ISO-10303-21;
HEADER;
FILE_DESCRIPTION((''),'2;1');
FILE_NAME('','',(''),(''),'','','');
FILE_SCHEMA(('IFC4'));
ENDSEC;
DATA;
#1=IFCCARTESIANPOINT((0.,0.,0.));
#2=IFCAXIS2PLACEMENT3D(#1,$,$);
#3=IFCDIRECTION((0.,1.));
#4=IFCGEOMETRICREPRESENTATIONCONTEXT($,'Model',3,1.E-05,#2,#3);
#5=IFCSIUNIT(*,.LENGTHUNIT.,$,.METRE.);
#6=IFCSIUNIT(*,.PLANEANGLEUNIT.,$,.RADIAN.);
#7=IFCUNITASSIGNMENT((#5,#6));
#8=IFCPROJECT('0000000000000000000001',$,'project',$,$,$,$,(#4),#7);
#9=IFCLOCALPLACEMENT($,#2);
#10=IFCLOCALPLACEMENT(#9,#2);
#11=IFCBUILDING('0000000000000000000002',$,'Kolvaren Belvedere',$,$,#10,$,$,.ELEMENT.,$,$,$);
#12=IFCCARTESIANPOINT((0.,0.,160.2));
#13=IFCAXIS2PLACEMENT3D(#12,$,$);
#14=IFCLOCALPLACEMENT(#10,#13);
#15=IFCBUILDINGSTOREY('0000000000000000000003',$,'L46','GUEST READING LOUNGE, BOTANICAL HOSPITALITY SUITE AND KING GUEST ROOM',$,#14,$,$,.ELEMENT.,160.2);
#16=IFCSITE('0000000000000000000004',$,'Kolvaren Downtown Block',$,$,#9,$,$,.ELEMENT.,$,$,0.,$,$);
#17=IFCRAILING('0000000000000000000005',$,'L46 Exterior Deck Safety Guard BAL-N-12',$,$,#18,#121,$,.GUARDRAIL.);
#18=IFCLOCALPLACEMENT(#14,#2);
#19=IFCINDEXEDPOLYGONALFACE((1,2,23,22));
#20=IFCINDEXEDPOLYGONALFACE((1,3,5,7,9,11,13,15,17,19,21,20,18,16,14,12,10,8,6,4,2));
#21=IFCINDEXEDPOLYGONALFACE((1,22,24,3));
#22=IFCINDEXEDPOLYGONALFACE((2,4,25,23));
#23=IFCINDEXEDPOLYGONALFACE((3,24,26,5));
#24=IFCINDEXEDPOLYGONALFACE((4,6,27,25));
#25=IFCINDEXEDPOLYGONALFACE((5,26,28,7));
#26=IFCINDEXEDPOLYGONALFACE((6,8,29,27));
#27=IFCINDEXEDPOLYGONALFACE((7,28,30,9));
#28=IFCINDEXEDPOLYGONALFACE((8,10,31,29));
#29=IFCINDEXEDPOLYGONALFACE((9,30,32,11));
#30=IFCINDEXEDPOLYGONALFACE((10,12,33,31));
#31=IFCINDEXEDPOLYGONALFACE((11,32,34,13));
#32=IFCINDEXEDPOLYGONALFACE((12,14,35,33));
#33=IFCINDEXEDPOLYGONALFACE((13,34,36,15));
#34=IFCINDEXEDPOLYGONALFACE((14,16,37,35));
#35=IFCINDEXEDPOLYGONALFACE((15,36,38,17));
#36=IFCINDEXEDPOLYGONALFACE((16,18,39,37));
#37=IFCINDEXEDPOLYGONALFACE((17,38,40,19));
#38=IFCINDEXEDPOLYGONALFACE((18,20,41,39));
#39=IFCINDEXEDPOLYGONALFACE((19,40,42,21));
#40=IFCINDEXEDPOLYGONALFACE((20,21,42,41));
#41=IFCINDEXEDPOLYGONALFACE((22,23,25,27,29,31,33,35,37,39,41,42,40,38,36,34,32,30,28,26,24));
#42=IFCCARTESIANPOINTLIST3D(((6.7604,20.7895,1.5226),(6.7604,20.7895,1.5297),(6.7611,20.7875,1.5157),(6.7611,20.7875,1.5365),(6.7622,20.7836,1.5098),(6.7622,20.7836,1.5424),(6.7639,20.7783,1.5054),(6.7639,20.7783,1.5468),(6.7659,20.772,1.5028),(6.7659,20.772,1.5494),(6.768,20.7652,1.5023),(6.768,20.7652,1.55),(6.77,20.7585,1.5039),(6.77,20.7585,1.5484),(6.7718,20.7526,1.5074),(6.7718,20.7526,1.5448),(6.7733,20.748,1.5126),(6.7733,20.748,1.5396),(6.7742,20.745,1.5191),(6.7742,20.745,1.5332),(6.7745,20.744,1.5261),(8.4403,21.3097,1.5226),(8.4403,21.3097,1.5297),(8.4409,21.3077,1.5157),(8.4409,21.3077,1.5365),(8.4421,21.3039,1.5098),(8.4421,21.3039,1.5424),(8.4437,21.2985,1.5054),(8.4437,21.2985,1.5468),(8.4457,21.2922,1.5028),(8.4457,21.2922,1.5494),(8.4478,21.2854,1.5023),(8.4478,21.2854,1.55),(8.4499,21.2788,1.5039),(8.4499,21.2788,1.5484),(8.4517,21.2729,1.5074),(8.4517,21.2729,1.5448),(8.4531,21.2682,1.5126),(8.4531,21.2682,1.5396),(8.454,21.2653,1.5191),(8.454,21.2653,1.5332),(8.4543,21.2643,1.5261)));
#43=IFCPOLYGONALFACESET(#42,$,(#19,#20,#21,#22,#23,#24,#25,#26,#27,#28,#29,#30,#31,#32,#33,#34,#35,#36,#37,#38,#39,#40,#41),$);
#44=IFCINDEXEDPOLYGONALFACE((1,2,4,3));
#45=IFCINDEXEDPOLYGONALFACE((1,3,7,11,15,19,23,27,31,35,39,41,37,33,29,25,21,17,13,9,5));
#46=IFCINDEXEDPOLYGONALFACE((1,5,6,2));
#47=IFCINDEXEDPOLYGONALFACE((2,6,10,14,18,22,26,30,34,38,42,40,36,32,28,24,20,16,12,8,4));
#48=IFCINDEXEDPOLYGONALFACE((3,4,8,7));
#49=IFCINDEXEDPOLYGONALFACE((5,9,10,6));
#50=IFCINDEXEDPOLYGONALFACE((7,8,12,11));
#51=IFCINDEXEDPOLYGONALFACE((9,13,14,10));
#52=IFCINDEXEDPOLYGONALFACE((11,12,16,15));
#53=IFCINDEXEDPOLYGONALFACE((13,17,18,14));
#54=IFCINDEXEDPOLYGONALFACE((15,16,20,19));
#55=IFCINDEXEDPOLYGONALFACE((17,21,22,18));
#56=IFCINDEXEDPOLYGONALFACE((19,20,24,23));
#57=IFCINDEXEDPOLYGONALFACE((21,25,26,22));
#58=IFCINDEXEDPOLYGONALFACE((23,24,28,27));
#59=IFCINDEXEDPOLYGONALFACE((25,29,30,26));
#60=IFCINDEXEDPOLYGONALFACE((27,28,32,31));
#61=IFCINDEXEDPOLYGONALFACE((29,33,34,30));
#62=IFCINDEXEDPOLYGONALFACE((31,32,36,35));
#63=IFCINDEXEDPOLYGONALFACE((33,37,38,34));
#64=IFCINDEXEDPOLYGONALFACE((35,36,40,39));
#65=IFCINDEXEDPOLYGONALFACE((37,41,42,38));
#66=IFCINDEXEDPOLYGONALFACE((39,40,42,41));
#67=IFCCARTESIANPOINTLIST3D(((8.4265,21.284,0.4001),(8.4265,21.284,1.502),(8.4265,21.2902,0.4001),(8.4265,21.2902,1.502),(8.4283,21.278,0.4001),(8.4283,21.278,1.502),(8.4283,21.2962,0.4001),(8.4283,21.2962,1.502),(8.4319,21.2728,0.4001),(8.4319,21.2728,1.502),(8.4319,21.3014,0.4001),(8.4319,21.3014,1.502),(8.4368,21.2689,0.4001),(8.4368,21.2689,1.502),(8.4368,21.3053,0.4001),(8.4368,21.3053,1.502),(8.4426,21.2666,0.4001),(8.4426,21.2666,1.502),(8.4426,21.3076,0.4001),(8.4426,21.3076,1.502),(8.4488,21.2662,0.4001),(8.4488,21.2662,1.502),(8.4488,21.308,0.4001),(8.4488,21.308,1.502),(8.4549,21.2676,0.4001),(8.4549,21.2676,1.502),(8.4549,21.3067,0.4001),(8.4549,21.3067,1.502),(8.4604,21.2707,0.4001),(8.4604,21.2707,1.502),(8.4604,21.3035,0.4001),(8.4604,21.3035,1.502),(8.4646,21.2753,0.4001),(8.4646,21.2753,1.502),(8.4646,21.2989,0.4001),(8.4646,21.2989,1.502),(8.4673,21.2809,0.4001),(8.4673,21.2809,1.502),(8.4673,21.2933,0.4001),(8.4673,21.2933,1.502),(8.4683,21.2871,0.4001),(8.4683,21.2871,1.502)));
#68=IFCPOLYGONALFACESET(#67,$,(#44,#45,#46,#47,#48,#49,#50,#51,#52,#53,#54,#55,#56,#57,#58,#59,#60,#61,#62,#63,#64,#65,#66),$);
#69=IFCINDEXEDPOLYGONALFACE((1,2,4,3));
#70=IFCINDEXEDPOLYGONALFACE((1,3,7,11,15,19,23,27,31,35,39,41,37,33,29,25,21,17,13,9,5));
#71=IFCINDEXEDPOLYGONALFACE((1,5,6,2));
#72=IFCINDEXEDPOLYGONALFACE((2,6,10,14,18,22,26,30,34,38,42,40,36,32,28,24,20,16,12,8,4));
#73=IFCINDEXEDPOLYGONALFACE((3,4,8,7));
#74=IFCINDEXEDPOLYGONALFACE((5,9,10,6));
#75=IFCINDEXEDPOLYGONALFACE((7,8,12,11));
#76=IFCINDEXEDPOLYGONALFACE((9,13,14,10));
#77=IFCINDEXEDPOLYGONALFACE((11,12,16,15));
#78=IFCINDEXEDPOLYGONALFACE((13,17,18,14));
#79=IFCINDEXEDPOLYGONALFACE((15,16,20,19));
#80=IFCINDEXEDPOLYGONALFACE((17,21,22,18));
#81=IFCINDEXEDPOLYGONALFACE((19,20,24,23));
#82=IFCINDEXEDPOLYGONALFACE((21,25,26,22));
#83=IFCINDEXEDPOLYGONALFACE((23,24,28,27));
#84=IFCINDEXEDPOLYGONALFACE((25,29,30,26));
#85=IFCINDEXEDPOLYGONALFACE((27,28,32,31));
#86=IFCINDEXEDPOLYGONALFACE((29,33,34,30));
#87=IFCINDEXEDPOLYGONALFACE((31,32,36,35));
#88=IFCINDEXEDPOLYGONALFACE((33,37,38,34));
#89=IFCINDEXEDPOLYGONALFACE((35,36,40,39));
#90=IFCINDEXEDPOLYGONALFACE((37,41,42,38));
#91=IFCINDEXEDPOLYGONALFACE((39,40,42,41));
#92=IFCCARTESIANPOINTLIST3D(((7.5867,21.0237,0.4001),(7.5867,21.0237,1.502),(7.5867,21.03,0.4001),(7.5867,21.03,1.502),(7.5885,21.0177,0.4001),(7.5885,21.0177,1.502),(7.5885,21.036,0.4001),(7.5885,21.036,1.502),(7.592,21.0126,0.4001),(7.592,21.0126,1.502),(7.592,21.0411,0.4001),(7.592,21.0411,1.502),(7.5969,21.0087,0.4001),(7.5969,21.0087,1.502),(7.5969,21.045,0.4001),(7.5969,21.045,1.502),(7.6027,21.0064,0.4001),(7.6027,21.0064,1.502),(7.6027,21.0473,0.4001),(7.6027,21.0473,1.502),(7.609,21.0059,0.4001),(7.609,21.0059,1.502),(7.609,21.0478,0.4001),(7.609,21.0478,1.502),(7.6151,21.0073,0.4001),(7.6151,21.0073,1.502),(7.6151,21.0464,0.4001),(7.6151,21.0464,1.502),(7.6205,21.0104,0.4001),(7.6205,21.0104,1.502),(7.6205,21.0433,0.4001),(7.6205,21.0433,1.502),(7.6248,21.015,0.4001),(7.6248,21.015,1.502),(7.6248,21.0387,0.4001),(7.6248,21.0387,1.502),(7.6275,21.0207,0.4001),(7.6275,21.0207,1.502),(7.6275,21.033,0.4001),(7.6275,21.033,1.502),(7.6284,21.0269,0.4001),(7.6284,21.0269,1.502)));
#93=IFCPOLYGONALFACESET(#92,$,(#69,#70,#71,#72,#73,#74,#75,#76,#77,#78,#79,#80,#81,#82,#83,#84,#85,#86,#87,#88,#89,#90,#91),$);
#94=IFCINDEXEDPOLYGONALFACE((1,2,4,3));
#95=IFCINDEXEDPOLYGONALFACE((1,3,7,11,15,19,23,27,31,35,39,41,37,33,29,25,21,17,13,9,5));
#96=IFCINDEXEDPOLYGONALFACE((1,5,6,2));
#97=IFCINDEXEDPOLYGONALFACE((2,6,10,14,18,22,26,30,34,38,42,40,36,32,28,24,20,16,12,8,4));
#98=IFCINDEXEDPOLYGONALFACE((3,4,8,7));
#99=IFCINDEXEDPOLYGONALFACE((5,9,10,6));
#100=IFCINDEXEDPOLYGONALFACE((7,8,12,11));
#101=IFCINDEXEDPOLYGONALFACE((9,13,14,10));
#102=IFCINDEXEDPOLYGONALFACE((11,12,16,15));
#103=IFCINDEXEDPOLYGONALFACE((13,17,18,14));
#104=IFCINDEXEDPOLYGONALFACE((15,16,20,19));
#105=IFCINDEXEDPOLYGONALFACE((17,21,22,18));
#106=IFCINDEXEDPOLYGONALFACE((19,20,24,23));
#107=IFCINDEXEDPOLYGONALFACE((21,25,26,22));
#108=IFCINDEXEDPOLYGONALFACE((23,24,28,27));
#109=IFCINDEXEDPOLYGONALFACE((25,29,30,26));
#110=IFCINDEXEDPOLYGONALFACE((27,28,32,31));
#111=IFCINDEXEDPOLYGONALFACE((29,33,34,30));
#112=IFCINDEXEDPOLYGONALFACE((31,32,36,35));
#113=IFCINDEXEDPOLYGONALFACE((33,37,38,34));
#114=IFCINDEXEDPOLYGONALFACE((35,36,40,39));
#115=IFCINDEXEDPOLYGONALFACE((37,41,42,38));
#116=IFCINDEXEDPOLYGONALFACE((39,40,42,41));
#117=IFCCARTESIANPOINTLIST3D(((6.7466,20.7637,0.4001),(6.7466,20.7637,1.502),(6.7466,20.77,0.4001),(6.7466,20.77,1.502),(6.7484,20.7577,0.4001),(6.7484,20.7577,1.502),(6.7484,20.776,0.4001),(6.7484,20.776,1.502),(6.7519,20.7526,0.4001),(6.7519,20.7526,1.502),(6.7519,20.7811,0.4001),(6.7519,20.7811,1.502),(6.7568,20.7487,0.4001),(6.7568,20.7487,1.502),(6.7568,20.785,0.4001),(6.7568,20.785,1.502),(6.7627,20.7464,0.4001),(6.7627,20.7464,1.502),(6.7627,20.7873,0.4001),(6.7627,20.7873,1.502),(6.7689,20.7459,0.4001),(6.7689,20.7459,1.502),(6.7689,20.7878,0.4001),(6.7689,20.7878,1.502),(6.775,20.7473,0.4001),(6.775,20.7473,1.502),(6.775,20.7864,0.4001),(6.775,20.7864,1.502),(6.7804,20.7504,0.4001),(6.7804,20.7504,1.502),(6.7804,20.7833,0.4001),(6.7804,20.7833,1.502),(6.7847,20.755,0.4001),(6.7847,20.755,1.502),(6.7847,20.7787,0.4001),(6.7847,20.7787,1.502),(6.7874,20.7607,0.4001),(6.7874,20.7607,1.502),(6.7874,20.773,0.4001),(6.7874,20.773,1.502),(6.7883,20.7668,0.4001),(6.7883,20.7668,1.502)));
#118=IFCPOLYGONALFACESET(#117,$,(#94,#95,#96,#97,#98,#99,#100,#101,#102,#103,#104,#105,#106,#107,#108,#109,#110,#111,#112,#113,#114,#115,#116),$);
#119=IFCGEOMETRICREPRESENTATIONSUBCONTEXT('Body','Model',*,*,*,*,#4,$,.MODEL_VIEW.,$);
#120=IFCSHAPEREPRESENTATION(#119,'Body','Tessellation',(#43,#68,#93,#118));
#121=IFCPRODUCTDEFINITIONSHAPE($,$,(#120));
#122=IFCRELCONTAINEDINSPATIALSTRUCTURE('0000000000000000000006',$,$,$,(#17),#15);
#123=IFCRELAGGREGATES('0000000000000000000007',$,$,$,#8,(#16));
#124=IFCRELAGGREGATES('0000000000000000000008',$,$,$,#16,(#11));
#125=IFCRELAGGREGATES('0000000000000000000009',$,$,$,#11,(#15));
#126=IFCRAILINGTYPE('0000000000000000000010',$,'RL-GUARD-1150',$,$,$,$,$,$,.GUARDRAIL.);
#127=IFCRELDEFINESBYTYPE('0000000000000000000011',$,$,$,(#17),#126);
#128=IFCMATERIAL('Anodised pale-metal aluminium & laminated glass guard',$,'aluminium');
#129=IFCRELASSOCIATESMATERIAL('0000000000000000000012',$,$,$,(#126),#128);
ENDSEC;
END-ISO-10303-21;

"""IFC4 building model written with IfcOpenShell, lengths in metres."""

from ifc_helpers import new_model, si_unit, direction, frame, origin, origin_2d, place, context, subcontext, project, spatial, circle, extrude, material, type_object, element, save


model = new_model("IFC4")

# Units and contexts
model_context = context("Model", 3, precision=1e-05, world=origin(), true_north=direction((0.0, 1.0)))
body_context = subcontext(model_context, "Body", "Model", "MODEL_VIEW")
ifc_project = project(units=[si_unit("LENGTHUNIT", "METRE"), si_unit("PLANEANGLEUNIT", "RADIAN")], contexts=[model_context])

# Site, building, storey
site_placement = place(None, origin())
site = spatial("IfcSite", under=ifc_project, at=site_placement, Name="Kolvaren Downtown Block", CompositionType="ELEMENT", RefElevation=0.0)
building_placement = place(site_placement, origin())
building = spatial("IfcBuilding", under=site, at=building_placement, Name="Kolvaren Belvedere", CompositionType="ELEMENT")
storey_placement = place(building_placement, frame((0.0, 0.0, 160.2)))
storey = spatial("IfcBuildingStorey", under=building, at=storey_placement, Name="L46", Description="GUEST READING LOUNGE, BOTANICAL HOSPITALITY SUITE AND KING GUEST ROOM", CompositionType="ELEMENT", Elevation=160.2)

# Railing
ifc_material_1 = material(Name="Anodised pale-metal aluminium & laminated glass guard", Category="aluminium")
railing_type = type_object("IfcRailingType", Name="RL-GUARD-1150", PredefinedType="GUARDRAIL", material=ifc_material_1)
railing_1_placement = place(storey_placement, frame((8.4473, 21.2871, 0.4001)))
element("IfcRailing", 1, at=railing_1_placement, inside=storey, type_object=railing_type, Name="L46 Exterior Deck Safety Guard BAL-N-12", PredefinedType="GUARDRAIL", context=body_context, shape_type="SweptSolid", body=[
    extrude(circle(Radius=0.0239, at=origin_2d()), frame((0.0, 0.0, 1.126), z_axis=(-0.95524, -0.295832, 0.0), x_axis=(0.295832, -0.95524, 0.0)), (0.0, 0.0, 1.0), 1.7585),
    extrude(circle(Radius=0.021, at=origin_2d()), origin(), (0.0, 0.0, 1.0), 1.1018),
    extrude(circle(Radius=0.021, at=origin_2d()), frame((-0.8398, -0.2603, 0.0)), (0.0, 0.0, 1.0), 1.1018),
    extrude(circle(Radius=0.021, at=origin_2d()), frame((-1.6799, -0.5203, 0.0)), (0.0, 0.0, 1.0), 1.1018),
])

save(model, "model.ifc")
